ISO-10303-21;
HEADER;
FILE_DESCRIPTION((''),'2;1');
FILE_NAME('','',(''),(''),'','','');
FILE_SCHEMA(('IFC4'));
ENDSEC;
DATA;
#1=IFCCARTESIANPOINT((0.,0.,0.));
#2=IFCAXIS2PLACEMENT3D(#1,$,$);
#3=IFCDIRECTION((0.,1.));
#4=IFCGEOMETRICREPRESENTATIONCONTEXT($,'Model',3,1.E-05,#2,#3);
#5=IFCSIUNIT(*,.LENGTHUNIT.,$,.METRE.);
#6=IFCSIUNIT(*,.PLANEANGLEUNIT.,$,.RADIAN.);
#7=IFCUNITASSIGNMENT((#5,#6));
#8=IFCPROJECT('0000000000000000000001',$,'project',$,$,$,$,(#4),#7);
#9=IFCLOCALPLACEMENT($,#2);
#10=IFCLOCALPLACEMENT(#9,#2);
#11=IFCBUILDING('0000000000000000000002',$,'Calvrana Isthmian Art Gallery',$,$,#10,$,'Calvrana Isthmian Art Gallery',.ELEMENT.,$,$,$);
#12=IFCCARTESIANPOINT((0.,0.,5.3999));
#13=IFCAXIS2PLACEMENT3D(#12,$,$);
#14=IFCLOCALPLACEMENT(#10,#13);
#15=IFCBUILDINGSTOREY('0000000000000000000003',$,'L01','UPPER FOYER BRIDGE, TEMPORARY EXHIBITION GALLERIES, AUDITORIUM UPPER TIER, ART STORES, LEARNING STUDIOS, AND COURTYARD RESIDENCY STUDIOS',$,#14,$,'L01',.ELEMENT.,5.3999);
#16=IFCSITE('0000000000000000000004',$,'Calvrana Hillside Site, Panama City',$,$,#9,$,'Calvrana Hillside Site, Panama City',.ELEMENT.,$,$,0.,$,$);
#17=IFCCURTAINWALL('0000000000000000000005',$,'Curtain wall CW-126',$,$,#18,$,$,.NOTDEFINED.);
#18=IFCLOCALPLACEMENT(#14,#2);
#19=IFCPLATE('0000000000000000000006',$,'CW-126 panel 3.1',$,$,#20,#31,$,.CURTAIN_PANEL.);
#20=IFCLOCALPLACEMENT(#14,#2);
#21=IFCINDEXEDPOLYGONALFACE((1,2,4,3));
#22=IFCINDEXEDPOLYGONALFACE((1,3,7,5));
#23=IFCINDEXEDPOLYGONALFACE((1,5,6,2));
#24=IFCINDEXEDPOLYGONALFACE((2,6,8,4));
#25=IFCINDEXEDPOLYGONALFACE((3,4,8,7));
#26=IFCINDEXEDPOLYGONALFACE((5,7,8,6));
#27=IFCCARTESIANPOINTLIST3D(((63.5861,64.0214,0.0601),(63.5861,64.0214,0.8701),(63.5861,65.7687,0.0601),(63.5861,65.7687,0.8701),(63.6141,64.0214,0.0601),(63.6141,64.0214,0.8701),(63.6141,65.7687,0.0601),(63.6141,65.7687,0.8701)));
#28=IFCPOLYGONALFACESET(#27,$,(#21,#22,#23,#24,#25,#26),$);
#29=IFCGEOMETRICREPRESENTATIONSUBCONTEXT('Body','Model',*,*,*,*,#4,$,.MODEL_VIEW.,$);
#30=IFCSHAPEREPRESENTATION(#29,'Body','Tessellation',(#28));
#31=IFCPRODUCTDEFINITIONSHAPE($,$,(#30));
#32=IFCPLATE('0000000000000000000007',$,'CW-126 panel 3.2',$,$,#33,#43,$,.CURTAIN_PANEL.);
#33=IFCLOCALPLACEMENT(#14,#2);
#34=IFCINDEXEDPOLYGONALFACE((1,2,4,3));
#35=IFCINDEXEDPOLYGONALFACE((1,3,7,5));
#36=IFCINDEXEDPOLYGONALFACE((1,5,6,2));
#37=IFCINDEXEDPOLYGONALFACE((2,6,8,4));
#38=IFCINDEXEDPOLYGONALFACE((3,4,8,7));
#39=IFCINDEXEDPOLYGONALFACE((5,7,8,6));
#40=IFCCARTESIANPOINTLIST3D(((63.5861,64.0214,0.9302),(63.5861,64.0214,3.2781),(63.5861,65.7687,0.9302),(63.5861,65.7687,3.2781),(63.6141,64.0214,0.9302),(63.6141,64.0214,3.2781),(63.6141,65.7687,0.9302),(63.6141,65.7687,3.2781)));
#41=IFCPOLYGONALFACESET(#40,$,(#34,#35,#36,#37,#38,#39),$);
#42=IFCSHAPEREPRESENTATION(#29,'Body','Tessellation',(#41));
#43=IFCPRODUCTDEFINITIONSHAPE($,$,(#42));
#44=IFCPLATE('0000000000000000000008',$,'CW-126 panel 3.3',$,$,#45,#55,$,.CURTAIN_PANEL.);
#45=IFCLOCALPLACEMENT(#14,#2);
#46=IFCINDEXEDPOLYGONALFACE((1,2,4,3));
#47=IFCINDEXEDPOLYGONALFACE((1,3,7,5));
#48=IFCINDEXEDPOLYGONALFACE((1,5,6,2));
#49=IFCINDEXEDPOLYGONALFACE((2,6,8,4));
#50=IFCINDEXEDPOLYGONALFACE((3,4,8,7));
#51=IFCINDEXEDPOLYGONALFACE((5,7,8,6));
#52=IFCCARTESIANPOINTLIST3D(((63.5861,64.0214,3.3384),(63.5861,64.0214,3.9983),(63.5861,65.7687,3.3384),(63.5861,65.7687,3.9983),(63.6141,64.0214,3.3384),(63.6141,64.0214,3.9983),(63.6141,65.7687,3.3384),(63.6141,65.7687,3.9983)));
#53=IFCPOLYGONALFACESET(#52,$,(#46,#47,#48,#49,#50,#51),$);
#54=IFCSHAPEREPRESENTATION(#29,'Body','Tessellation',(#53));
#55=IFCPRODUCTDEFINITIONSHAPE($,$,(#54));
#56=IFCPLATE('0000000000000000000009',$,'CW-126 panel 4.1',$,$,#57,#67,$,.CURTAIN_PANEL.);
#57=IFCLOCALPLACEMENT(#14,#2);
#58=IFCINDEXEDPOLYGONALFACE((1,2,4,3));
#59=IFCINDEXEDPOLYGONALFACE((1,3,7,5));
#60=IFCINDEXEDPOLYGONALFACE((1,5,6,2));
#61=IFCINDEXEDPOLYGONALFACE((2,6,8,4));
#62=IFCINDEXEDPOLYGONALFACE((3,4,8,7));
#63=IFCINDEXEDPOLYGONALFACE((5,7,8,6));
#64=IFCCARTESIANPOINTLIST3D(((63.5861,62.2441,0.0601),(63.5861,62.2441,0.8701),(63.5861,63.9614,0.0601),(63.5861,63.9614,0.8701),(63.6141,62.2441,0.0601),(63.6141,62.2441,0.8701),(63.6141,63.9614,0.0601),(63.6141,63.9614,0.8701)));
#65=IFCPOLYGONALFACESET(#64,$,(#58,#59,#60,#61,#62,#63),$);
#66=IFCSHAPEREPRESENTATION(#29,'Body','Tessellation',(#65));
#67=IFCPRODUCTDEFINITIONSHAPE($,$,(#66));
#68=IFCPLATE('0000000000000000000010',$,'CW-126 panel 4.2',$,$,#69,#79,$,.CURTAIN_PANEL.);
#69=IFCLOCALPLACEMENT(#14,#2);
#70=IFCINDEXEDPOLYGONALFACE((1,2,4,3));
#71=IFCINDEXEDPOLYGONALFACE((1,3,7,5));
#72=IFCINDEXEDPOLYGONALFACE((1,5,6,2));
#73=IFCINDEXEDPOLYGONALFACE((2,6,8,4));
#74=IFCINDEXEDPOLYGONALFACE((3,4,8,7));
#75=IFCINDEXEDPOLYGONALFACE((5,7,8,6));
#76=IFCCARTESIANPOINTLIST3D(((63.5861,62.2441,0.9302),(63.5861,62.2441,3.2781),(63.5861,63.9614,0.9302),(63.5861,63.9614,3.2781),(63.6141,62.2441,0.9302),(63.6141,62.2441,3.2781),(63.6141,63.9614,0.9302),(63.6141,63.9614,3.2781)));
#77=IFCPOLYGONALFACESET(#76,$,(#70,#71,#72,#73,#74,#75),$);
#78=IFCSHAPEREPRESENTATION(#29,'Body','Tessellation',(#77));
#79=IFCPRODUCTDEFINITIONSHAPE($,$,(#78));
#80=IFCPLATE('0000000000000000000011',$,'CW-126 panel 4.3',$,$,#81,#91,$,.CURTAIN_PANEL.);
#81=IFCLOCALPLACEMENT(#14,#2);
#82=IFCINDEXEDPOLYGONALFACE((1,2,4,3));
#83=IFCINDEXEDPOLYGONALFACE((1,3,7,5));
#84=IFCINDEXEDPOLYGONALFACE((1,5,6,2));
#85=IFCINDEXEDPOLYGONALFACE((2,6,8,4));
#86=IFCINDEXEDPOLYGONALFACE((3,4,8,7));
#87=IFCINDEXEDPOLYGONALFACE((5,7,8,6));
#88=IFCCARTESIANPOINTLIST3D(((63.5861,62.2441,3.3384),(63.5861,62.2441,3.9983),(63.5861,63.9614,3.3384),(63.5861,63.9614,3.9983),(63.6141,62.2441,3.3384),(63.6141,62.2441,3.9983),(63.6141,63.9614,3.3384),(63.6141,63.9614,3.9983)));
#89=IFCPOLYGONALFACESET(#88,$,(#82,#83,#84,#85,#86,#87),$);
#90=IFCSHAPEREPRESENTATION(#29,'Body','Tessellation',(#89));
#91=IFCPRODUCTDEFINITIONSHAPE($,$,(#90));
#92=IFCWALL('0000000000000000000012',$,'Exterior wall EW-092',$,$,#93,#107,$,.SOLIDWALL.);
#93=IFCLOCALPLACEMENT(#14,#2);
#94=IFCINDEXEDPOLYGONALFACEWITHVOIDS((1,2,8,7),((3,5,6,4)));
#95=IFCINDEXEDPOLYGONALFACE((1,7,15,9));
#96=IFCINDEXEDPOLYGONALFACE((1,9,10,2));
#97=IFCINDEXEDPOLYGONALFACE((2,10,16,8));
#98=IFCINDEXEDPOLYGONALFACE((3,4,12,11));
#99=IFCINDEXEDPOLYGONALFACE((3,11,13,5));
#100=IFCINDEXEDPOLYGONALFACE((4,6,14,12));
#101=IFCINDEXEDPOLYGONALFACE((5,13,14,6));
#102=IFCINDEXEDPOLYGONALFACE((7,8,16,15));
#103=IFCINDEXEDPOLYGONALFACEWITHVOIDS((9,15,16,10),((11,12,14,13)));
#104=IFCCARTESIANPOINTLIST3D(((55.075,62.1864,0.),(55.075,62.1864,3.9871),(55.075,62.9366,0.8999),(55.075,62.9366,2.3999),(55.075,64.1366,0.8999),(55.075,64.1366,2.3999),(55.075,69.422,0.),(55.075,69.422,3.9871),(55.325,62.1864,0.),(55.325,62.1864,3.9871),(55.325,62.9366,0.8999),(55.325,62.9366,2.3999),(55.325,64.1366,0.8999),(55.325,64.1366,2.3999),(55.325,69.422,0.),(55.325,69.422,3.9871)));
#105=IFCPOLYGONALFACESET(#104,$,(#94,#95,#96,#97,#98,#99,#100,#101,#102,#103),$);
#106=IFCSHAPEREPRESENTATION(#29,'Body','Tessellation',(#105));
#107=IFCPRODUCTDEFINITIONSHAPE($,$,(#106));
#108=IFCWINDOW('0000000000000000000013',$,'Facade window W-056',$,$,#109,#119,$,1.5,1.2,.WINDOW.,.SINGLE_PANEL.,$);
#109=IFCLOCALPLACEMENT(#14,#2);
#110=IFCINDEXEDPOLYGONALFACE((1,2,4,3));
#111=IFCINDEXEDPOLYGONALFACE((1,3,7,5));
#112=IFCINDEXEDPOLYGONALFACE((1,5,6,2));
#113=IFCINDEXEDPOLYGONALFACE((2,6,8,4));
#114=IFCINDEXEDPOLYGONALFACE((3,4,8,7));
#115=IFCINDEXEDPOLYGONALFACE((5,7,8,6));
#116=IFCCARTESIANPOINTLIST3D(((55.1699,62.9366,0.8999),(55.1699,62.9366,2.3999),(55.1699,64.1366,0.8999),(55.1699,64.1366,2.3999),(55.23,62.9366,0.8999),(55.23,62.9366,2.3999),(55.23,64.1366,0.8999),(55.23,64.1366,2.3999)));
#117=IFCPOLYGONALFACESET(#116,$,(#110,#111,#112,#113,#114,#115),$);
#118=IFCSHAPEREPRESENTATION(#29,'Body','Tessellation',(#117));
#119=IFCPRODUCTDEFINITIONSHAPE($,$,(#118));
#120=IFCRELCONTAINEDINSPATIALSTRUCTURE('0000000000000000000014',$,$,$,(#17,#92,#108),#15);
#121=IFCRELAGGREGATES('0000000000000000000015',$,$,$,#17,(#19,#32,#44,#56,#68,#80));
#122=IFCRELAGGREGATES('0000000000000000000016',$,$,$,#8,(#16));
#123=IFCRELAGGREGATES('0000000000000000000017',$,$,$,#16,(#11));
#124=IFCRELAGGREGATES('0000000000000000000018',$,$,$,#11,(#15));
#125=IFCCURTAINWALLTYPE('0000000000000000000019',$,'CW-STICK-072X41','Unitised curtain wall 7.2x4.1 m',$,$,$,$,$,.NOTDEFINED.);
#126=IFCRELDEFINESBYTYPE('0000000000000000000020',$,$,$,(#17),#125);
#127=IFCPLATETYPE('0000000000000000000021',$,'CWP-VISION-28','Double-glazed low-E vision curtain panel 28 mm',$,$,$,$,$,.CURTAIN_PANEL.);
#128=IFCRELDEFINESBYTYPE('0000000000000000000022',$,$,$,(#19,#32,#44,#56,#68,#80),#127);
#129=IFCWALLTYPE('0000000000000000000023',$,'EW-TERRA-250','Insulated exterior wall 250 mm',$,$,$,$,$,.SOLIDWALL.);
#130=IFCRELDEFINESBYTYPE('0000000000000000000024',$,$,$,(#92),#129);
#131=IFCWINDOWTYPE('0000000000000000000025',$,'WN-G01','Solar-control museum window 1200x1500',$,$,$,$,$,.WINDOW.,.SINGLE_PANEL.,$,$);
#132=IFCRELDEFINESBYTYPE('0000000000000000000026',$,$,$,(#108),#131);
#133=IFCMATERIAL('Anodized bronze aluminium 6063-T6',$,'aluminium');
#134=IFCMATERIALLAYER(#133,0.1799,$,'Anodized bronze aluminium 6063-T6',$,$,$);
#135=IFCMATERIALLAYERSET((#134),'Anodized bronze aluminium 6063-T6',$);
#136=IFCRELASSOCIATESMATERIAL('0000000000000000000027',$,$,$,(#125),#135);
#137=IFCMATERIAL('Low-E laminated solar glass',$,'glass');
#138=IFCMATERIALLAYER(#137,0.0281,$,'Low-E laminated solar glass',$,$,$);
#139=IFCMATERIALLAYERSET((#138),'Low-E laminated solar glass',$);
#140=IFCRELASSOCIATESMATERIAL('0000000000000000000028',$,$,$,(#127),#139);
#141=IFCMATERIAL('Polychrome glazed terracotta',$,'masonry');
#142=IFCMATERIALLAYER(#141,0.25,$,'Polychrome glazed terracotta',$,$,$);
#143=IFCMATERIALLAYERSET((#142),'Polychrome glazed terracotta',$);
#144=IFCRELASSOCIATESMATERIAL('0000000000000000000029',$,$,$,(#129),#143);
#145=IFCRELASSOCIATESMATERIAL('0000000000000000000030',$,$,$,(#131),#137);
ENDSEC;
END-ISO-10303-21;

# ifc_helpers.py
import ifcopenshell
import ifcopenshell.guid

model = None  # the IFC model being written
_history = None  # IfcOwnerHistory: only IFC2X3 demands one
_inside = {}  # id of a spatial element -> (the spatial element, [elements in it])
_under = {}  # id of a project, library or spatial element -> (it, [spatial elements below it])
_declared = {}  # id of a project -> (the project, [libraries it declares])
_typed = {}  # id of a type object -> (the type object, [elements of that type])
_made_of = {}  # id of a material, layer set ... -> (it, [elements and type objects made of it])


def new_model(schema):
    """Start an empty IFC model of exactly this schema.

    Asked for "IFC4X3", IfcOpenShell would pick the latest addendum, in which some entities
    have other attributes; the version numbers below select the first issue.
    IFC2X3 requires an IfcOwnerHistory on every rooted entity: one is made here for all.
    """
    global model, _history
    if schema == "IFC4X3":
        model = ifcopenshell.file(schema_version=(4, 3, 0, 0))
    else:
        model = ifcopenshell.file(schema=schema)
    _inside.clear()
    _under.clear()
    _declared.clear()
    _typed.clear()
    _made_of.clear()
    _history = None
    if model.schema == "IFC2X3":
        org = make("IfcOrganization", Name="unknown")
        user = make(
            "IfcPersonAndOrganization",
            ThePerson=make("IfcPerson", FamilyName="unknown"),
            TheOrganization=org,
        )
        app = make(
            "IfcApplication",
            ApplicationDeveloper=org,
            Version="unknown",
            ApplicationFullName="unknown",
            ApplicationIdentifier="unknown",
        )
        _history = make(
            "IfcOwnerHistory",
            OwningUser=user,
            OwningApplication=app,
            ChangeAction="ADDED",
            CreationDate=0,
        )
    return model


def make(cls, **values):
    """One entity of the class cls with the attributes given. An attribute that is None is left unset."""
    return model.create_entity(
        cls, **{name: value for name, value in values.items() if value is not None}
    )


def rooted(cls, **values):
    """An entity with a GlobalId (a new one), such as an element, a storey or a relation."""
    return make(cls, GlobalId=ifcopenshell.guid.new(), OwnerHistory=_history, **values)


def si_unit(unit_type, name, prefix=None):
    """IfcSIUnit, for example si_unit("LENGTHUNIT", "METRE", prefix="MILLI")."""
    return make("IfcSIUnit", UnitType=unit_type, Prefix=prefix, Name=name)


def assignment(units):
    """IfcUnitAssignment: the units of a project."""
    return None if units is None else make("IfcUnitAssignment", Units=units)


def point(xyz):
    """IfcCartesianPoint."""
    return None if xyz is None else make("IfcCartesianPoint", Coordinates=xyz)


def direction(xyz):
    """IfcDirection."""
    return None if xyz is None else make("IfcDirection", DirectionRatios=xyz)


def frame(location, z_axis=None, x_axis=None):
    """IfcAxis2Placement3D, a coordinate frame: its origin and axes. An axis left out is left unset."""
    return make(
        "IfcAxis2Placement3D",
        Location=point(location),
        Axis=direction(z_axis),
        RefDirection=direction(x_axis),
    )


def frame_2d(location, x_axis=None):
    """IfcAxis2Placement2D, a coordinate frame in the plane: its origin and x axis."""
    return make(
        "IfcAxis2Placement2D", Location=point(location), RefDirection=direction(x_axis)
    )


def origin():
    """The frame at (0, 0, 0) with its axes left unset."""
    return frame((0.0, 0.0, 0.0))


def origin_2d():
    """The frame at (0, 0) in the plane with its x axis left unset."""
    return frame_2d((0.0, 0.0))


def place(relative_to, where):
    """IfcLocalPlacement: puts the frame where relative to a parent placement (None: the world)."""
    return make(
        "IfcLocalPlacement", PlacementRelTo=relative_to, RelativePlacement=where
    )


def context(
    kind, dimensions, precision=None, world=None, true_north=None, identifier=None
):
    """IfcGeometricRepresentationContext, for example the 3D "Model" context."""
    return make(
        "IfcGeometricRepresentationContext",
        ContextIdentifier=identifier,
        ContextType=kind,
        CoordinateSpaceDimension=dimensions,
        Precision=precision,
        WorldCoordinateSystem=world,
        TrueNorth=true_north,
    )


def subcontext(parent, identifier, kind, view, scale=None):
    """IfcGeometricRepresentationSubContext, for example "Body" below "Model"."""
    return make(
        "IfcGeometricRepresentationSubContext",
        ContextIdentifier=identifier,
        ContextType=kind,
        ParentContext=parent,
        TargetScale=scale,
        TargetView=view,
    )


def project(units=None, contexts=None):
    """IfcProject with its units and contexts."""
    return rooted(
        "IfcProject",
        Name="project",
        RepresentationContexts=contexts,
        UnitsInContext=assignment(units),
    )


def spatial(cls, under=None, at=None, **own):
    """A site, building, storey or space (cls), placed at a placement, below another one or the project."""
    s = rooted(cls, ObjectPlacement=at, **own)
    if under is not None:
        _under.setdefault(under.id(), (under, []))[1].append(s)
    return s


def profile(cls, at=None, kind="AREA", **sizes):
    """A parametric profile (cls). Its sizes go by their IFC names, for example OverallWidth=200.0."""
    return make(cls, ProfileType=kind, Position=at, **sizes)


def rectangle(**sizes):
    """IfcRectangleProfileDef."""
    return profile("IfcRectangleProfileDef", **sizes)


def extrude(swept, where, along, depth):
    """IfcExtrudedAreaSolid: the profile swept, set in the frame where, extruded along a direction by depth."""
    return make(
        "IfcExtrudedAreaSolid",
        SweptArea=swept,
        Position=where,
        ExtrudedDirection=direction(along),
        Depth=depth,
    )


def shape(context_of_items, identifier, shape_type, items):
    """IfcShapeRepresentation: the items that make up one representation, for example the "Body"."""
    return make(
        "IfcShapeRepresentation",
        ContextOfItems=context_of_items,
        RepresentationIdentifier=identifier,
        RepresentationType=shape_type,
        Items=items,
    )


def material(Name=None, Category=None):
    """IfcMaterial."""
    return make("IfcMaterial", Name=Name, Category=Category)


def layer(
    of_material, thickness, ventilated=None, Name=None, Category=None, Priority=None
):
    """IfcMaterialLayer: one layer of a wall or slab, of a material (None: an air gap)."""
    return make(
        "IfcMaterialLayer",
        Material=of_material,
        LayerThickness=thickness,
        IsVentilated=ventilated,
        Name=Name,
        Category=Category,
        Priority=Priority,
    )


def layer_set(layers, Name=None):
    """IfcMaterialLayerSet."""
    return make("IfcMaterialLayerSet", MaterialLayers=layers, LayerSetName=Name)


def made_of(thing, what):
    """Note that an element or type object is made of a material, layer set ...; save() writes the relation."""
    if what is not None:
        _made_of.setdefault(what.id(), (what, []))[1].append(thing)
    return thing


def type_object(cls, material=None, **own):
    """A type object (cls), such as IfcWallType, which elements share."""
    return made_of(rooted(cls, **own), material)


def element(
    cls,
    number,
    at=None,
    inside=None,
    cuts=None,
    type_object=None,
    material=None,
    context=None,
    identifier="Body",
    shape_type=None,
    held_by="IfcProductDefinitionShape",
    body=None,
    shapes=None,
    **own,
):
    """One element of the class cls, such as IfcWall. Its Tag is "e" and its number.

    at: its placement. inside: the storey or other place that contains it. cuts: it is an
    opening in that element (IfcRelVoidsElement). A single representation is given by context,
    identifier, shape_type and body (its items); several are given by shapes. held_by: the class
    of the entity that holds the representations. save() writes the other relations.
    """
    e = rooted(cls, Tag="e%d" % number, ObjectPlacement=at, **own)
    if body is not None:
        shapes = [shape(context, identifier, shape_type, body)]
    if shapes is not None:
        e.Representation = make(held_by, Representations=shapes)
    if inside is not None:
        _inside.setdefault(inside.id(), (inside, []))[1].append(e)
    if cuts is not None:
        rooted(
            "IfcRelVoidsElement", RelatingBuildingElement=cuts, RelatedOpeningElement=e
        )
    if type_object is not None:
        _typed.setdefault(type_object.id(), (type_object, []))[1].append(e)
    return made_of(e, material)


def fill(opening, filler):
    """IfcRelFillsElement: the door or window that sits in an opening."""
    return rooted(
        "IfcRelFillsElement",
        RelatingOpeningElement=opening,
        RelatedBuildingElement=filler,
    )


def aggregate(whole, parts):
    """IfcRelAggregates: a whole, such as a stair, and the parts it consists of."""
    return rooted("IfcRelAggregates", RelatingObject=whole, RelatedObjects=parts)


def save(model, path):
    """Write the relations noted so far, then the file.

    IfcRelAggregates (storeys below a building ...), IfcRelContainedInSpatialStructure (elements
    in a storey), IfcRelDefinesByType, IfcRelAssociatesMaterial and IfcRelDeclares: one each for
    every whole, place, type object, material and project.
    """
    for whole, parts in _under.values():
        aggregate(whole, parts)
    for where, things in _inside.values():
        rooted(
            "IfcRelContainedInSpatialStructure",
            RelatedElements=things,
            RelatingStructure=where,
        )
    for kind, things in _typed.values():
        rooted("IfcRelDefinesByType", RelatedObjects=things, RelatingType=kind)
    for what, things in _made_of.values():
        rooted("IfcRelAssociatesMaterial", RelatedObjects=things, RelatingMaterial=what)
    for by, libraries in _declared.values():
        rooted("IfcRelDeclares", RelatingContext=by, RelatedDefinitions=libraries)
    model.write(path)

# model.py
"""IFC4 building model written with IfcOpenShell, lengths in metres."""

from ifc_helpers import new_model, si_unit, direction, frame, frame_2d, origin, origin_2d, place, context, subcontext, project, spatial, rectangle, extrude, material, layer, layer_set, type_object, element, fill, aggregate, save


model = new_model("IFC4")

# Units and contexts
model_context = context("Model", 3, precision=1e-05, world=origin(), true_north=direction((0.0, 1.0)))
body_context = subcontext(model_context, "Body", "Model", "MODEL_VIEW")
ifc_project = project(units=[si_unit("LENGTHUNIT", "METRE"), si_unit("PLANEANGLEUNIT", "RADIAN")], contexts=[model_context])

# Site, building, storey
site_placement = place(None, origin())
site = spatial("IfcSite", under=ifc_project, at=site_placement, Name="Calvrana Hillside Site, Panama City", LongName="Calvrana Hillside Site, Panama City", CompositionType="ELEMENT", RefElevation=0.0)
building_placement = place(site_placement, origin())
building = spatial("IfcBuilding", under=site, at=building_placement, Name="Calvrana Isthmian Art Gallery", LongName="Calvrana Isthmian Art Gallery", CompositionType="ELEMENT")
storey_placement = place(building_placement, frame((0.0, 0.0, 5.3999)))
storey = spatial("IfcBuildingStorey", under=building, at=storey_placement, Name="L01", Description="UPPER FOYER BRIDGE, TEMPORARY EXHIBITION GALLERIES, AUDITORIUM UPPER TIER, ART STORES, LEARNING STUDIOS, AND COURTYARD RESIDENCY STUDIOS", LongName="L01", CompositionType="ELEMENT", Elevation=5.3999)

# Curtain wall, plates
ifc_material_1 = material(Name="Anodized bronze aluminium 6063-T6", Category="aluminium")
ifc_layer_1 = layer(ifc_material_1, 0.1799, Name="Anodized bronze aluminium 6063-T6")
ifc_layer_set_1 = layer_set([ifc_layer_1], Name="Anodized bronze aluminium 6063-T6")
curtain_wall_type = type_object("IfcCurtainWallType", Name="CW-STICK-072X41", Description="Unitised curtain wall 7.2x4.1 m", PredefinedType="NOTDEFINED", material=ifc_layer_set_1)
curtain_wall_placement = place(storey_placement, origin())
curtain_wall = element("IfcCurtainWall", 1, at=curtain_wall_placement, inside=storey, type_object=curtain_wall_type, Name="Curtain wall CW-126", PredefinedType="NOTDEFINED")
ifc_material_2 = material(Name="Low-E laminated solar glass", Category="glass")
ifc_layer_2 = layer(ifc_material_2, 0.0281, Name="Low-E laminated solar glass")
ifc_layer_set_2 = layer_set([ifc_layer_2], Name="Low-E laminated solar glass")
plate_type = type_object("IfcPlateType", Name="CWP-VISION-28", Description="Double-glazed low-E vision curtain panel 28 mm", PredefinedType="CURTAIN_PANEL", material=ifc_layer_set_2)
plate_1_placement = place(storey_placement, frame((63.6001, 64.895, 0.0601), z_axis=(0.0, 0.0, 1.0), x_axis=(0.0, -1.0, 0.0)))
plate_1 = element("IfcPlate", 2, at=plate_1_placement, type_object=plate_type, Name="CW-126 panel 3.1", PredefinedType="CURTAIN_PANEL", context=body_context, shape_type="SweptSolid", body=[
    extrude(rectangle(XDim=1.7473, YDim=0.0281, at=origin_2d()), origin(), (0.0, 0.0, 1.0), 0.8101),
])
plate_2_placement = place(storey_placement, frame((63.6001, 64.895, 0.9302), z_axis=(0.0, 0.0, 1.0), x_axis=(0.0, -1.0, 0.0)))
plate_2 = element("IfcPlate", 3, at=plate_2_placement, type_object=plate_type, Name="CW-126 panel 3.2", PredefinedType="CURTAIN_PANEL", context=body_context, shape_type="SweptSolid", body=[
    extrude(rectangle(XDim=1.7473, YDim=0.0281, at=origin_2d()), origin(), (0.0, 0.0, 1.0), 2.3479),
])
plate_3_placement = place(storey_placement, frame((63.6001, 64.895, 3.3384), z_axis=(0.0, 0.0, 1.0), x_axis=(0.0, -1.0, 0.0)))
plate_3 = element("IfcPlate", 4, at=plate_3_placement, type_object=plate_type, Name="CW-126 panel 3.3", PredefinedType="CURTAIN_PANEL", context=body_context, shape_type="SweptSolid", body=[
    extrude(rectangle(XDim=1.7473, YDim=0.0281, at=origin_2d()), origin(), (0.0, 0.0, 1.0), 0.6599),
])
plate_4_placement = place(storey_placement, frame((63.6001, 63.1028, 0.0601), z_axis=(0.0, 0.0, 1.0), x_axis=(0.0, -1.0, 0.0)))
plate_4 = element("IfcPlate", 5, at=plate_4_placement, type_object=plate_type, Name="CW-126 panel 4.1", PredefinedType="CURTAIN_PANEL", context=body_context, shape_type="SweptSolid", body=[
    extrude(rectangle(XDim=1.7173, YDim=0.0281, at=origin_2d()), origin(), (0.0, 0.0, 1.0), 0.8101),
])
plate_5_placement = place(storey_placement, frame((63.6001, 63.1028, 0.9302), z_axis=(0.0, 0.0, 1.0), x_axis=(0.0, -1.0, 0.0)))
plate_5 = element("IfcPlate", 6, at=plate_5_placement, type_object=plate_type, Name="CW-126 panel 4.2", PredefinedType="CURTAIN_PANEL", context=body_context, shape_type="SweptSolid", body=[
    extrude(rectangle(XDim=1.7173, YDim=0.0281, at=origin_2d()), origin(), (0.0, 0.0, 1.0), 2.3479),
])
plate_6_placement = place(storey_placement, frame((63.6001, 63.1028, 3.3384), z_axis=(0.0, 0.0, 1.0), x_axis=(0.0, -1.0, 0.0)))
plate_6 = element("IfcPlate", 7, at=plate_6_placement, type_object=plate_type, Name="CW-126 panel 4.3", PredefinedType="CURTAIN_PANEL", context=body_context, shape_type="SweptSolid", body=[
    extrude(rectangle(XDim=1.7173, YDim=0.0281, at=origin_2d()), origin(), (0.0, 0.0, 1.0), 0.6599),
])
aggregate(curtain_wall, [plate_1, plate_2, plate_3, plate_4, plate_5, plate_6])

# Wall, opening, window
ifc_material_3 = material(Name="Polychrome glazed terracotta", Category="masonry")
ifc_layer_3 = layer(ifc_material_3, 0.25, Name="Polychrome glazed terracotta")
ifc_layer_set_3 = layer_set([ifc_layer_3], Name="Polychrome glazed terracotta")
wall_type = type_object("IfcWallType", Name="EW-TERRA-250", Description="Insulated exterior wall 250 mm", PredefinedType="SOLIDWALL", material=ifc_layer_set_3)
wall_placement = place(storey_placement, frame((55.2, 62.1865, 0.0), z_axis=(0.0, 0.0, 1.0), x_axis=(0.0, 1.0, 0.0)))
wall = element("IfcWall", 8, at=wall_placement, inside=storey, type_object=wall_type, Name="Exterior wall EW-092", PredefinedType="SOLIDWALL", context=body_context, shape_type="SweptSolid", body=[
    extrude(rectangle(XDim=7.2356, YDim=0.25, at=frame_2d((3.6177, 0.0))), origin(), (0.0, 0.0, 1.0), 3.9871),
])
opening_placement = place(wall_placement, frame((0.75, 0.0, 0.8999)))
opening = element("IfcOpeningElement", 9, at=opening_placement, cuts=wall, PredefinedType="OPENING", context=body_context, shape_type="SweptSolid", body=[
    extrude(rectangle(XDim=1.2, YDim=1.5, at=frame_2d((0.6001, 0.75))), frame((0.0, 0.1353, 0.0), z_axis=(0.0, -1.0, 0.0), x_axis=(1.0, 0.0, 0.0)), (0.0, 0.0, 1.0), 0.2705),
])
window_type = type_object("IfcWindowType", Name="WN-G01", Description="Solar-control museum window 1200x1500", PartitioningType="SINGLE_PANEL", PredefinedType="WINDOW", material=ifc_material_2)
window_placement = place(opening_placement, origin())
window = element("IfcWindow", 10, at=window_placement, inside=storey, type_object=window_type, Name="Facade window W-056", OverallHeight=1.5, OverallWidth=1.2, PartitioningType="SINGLE_PANEL", PredefinedType="WINDOW", context=body_context, shape_type="SweptSolid", body=[
    extrude(rectangle(XDim=1.2, YDim=1.5, at=frame_2d((0.6001, 0.75))), frame((0.0, 0.03, 0.0), z_axis=(0.0, -1.0, 0.0), x_axis=(1.0, 0.0, 0.0)), (0.0, 0.0, 1.0), 0.0601),
])
fill(opening, window)

save(model, "model.ifc")
